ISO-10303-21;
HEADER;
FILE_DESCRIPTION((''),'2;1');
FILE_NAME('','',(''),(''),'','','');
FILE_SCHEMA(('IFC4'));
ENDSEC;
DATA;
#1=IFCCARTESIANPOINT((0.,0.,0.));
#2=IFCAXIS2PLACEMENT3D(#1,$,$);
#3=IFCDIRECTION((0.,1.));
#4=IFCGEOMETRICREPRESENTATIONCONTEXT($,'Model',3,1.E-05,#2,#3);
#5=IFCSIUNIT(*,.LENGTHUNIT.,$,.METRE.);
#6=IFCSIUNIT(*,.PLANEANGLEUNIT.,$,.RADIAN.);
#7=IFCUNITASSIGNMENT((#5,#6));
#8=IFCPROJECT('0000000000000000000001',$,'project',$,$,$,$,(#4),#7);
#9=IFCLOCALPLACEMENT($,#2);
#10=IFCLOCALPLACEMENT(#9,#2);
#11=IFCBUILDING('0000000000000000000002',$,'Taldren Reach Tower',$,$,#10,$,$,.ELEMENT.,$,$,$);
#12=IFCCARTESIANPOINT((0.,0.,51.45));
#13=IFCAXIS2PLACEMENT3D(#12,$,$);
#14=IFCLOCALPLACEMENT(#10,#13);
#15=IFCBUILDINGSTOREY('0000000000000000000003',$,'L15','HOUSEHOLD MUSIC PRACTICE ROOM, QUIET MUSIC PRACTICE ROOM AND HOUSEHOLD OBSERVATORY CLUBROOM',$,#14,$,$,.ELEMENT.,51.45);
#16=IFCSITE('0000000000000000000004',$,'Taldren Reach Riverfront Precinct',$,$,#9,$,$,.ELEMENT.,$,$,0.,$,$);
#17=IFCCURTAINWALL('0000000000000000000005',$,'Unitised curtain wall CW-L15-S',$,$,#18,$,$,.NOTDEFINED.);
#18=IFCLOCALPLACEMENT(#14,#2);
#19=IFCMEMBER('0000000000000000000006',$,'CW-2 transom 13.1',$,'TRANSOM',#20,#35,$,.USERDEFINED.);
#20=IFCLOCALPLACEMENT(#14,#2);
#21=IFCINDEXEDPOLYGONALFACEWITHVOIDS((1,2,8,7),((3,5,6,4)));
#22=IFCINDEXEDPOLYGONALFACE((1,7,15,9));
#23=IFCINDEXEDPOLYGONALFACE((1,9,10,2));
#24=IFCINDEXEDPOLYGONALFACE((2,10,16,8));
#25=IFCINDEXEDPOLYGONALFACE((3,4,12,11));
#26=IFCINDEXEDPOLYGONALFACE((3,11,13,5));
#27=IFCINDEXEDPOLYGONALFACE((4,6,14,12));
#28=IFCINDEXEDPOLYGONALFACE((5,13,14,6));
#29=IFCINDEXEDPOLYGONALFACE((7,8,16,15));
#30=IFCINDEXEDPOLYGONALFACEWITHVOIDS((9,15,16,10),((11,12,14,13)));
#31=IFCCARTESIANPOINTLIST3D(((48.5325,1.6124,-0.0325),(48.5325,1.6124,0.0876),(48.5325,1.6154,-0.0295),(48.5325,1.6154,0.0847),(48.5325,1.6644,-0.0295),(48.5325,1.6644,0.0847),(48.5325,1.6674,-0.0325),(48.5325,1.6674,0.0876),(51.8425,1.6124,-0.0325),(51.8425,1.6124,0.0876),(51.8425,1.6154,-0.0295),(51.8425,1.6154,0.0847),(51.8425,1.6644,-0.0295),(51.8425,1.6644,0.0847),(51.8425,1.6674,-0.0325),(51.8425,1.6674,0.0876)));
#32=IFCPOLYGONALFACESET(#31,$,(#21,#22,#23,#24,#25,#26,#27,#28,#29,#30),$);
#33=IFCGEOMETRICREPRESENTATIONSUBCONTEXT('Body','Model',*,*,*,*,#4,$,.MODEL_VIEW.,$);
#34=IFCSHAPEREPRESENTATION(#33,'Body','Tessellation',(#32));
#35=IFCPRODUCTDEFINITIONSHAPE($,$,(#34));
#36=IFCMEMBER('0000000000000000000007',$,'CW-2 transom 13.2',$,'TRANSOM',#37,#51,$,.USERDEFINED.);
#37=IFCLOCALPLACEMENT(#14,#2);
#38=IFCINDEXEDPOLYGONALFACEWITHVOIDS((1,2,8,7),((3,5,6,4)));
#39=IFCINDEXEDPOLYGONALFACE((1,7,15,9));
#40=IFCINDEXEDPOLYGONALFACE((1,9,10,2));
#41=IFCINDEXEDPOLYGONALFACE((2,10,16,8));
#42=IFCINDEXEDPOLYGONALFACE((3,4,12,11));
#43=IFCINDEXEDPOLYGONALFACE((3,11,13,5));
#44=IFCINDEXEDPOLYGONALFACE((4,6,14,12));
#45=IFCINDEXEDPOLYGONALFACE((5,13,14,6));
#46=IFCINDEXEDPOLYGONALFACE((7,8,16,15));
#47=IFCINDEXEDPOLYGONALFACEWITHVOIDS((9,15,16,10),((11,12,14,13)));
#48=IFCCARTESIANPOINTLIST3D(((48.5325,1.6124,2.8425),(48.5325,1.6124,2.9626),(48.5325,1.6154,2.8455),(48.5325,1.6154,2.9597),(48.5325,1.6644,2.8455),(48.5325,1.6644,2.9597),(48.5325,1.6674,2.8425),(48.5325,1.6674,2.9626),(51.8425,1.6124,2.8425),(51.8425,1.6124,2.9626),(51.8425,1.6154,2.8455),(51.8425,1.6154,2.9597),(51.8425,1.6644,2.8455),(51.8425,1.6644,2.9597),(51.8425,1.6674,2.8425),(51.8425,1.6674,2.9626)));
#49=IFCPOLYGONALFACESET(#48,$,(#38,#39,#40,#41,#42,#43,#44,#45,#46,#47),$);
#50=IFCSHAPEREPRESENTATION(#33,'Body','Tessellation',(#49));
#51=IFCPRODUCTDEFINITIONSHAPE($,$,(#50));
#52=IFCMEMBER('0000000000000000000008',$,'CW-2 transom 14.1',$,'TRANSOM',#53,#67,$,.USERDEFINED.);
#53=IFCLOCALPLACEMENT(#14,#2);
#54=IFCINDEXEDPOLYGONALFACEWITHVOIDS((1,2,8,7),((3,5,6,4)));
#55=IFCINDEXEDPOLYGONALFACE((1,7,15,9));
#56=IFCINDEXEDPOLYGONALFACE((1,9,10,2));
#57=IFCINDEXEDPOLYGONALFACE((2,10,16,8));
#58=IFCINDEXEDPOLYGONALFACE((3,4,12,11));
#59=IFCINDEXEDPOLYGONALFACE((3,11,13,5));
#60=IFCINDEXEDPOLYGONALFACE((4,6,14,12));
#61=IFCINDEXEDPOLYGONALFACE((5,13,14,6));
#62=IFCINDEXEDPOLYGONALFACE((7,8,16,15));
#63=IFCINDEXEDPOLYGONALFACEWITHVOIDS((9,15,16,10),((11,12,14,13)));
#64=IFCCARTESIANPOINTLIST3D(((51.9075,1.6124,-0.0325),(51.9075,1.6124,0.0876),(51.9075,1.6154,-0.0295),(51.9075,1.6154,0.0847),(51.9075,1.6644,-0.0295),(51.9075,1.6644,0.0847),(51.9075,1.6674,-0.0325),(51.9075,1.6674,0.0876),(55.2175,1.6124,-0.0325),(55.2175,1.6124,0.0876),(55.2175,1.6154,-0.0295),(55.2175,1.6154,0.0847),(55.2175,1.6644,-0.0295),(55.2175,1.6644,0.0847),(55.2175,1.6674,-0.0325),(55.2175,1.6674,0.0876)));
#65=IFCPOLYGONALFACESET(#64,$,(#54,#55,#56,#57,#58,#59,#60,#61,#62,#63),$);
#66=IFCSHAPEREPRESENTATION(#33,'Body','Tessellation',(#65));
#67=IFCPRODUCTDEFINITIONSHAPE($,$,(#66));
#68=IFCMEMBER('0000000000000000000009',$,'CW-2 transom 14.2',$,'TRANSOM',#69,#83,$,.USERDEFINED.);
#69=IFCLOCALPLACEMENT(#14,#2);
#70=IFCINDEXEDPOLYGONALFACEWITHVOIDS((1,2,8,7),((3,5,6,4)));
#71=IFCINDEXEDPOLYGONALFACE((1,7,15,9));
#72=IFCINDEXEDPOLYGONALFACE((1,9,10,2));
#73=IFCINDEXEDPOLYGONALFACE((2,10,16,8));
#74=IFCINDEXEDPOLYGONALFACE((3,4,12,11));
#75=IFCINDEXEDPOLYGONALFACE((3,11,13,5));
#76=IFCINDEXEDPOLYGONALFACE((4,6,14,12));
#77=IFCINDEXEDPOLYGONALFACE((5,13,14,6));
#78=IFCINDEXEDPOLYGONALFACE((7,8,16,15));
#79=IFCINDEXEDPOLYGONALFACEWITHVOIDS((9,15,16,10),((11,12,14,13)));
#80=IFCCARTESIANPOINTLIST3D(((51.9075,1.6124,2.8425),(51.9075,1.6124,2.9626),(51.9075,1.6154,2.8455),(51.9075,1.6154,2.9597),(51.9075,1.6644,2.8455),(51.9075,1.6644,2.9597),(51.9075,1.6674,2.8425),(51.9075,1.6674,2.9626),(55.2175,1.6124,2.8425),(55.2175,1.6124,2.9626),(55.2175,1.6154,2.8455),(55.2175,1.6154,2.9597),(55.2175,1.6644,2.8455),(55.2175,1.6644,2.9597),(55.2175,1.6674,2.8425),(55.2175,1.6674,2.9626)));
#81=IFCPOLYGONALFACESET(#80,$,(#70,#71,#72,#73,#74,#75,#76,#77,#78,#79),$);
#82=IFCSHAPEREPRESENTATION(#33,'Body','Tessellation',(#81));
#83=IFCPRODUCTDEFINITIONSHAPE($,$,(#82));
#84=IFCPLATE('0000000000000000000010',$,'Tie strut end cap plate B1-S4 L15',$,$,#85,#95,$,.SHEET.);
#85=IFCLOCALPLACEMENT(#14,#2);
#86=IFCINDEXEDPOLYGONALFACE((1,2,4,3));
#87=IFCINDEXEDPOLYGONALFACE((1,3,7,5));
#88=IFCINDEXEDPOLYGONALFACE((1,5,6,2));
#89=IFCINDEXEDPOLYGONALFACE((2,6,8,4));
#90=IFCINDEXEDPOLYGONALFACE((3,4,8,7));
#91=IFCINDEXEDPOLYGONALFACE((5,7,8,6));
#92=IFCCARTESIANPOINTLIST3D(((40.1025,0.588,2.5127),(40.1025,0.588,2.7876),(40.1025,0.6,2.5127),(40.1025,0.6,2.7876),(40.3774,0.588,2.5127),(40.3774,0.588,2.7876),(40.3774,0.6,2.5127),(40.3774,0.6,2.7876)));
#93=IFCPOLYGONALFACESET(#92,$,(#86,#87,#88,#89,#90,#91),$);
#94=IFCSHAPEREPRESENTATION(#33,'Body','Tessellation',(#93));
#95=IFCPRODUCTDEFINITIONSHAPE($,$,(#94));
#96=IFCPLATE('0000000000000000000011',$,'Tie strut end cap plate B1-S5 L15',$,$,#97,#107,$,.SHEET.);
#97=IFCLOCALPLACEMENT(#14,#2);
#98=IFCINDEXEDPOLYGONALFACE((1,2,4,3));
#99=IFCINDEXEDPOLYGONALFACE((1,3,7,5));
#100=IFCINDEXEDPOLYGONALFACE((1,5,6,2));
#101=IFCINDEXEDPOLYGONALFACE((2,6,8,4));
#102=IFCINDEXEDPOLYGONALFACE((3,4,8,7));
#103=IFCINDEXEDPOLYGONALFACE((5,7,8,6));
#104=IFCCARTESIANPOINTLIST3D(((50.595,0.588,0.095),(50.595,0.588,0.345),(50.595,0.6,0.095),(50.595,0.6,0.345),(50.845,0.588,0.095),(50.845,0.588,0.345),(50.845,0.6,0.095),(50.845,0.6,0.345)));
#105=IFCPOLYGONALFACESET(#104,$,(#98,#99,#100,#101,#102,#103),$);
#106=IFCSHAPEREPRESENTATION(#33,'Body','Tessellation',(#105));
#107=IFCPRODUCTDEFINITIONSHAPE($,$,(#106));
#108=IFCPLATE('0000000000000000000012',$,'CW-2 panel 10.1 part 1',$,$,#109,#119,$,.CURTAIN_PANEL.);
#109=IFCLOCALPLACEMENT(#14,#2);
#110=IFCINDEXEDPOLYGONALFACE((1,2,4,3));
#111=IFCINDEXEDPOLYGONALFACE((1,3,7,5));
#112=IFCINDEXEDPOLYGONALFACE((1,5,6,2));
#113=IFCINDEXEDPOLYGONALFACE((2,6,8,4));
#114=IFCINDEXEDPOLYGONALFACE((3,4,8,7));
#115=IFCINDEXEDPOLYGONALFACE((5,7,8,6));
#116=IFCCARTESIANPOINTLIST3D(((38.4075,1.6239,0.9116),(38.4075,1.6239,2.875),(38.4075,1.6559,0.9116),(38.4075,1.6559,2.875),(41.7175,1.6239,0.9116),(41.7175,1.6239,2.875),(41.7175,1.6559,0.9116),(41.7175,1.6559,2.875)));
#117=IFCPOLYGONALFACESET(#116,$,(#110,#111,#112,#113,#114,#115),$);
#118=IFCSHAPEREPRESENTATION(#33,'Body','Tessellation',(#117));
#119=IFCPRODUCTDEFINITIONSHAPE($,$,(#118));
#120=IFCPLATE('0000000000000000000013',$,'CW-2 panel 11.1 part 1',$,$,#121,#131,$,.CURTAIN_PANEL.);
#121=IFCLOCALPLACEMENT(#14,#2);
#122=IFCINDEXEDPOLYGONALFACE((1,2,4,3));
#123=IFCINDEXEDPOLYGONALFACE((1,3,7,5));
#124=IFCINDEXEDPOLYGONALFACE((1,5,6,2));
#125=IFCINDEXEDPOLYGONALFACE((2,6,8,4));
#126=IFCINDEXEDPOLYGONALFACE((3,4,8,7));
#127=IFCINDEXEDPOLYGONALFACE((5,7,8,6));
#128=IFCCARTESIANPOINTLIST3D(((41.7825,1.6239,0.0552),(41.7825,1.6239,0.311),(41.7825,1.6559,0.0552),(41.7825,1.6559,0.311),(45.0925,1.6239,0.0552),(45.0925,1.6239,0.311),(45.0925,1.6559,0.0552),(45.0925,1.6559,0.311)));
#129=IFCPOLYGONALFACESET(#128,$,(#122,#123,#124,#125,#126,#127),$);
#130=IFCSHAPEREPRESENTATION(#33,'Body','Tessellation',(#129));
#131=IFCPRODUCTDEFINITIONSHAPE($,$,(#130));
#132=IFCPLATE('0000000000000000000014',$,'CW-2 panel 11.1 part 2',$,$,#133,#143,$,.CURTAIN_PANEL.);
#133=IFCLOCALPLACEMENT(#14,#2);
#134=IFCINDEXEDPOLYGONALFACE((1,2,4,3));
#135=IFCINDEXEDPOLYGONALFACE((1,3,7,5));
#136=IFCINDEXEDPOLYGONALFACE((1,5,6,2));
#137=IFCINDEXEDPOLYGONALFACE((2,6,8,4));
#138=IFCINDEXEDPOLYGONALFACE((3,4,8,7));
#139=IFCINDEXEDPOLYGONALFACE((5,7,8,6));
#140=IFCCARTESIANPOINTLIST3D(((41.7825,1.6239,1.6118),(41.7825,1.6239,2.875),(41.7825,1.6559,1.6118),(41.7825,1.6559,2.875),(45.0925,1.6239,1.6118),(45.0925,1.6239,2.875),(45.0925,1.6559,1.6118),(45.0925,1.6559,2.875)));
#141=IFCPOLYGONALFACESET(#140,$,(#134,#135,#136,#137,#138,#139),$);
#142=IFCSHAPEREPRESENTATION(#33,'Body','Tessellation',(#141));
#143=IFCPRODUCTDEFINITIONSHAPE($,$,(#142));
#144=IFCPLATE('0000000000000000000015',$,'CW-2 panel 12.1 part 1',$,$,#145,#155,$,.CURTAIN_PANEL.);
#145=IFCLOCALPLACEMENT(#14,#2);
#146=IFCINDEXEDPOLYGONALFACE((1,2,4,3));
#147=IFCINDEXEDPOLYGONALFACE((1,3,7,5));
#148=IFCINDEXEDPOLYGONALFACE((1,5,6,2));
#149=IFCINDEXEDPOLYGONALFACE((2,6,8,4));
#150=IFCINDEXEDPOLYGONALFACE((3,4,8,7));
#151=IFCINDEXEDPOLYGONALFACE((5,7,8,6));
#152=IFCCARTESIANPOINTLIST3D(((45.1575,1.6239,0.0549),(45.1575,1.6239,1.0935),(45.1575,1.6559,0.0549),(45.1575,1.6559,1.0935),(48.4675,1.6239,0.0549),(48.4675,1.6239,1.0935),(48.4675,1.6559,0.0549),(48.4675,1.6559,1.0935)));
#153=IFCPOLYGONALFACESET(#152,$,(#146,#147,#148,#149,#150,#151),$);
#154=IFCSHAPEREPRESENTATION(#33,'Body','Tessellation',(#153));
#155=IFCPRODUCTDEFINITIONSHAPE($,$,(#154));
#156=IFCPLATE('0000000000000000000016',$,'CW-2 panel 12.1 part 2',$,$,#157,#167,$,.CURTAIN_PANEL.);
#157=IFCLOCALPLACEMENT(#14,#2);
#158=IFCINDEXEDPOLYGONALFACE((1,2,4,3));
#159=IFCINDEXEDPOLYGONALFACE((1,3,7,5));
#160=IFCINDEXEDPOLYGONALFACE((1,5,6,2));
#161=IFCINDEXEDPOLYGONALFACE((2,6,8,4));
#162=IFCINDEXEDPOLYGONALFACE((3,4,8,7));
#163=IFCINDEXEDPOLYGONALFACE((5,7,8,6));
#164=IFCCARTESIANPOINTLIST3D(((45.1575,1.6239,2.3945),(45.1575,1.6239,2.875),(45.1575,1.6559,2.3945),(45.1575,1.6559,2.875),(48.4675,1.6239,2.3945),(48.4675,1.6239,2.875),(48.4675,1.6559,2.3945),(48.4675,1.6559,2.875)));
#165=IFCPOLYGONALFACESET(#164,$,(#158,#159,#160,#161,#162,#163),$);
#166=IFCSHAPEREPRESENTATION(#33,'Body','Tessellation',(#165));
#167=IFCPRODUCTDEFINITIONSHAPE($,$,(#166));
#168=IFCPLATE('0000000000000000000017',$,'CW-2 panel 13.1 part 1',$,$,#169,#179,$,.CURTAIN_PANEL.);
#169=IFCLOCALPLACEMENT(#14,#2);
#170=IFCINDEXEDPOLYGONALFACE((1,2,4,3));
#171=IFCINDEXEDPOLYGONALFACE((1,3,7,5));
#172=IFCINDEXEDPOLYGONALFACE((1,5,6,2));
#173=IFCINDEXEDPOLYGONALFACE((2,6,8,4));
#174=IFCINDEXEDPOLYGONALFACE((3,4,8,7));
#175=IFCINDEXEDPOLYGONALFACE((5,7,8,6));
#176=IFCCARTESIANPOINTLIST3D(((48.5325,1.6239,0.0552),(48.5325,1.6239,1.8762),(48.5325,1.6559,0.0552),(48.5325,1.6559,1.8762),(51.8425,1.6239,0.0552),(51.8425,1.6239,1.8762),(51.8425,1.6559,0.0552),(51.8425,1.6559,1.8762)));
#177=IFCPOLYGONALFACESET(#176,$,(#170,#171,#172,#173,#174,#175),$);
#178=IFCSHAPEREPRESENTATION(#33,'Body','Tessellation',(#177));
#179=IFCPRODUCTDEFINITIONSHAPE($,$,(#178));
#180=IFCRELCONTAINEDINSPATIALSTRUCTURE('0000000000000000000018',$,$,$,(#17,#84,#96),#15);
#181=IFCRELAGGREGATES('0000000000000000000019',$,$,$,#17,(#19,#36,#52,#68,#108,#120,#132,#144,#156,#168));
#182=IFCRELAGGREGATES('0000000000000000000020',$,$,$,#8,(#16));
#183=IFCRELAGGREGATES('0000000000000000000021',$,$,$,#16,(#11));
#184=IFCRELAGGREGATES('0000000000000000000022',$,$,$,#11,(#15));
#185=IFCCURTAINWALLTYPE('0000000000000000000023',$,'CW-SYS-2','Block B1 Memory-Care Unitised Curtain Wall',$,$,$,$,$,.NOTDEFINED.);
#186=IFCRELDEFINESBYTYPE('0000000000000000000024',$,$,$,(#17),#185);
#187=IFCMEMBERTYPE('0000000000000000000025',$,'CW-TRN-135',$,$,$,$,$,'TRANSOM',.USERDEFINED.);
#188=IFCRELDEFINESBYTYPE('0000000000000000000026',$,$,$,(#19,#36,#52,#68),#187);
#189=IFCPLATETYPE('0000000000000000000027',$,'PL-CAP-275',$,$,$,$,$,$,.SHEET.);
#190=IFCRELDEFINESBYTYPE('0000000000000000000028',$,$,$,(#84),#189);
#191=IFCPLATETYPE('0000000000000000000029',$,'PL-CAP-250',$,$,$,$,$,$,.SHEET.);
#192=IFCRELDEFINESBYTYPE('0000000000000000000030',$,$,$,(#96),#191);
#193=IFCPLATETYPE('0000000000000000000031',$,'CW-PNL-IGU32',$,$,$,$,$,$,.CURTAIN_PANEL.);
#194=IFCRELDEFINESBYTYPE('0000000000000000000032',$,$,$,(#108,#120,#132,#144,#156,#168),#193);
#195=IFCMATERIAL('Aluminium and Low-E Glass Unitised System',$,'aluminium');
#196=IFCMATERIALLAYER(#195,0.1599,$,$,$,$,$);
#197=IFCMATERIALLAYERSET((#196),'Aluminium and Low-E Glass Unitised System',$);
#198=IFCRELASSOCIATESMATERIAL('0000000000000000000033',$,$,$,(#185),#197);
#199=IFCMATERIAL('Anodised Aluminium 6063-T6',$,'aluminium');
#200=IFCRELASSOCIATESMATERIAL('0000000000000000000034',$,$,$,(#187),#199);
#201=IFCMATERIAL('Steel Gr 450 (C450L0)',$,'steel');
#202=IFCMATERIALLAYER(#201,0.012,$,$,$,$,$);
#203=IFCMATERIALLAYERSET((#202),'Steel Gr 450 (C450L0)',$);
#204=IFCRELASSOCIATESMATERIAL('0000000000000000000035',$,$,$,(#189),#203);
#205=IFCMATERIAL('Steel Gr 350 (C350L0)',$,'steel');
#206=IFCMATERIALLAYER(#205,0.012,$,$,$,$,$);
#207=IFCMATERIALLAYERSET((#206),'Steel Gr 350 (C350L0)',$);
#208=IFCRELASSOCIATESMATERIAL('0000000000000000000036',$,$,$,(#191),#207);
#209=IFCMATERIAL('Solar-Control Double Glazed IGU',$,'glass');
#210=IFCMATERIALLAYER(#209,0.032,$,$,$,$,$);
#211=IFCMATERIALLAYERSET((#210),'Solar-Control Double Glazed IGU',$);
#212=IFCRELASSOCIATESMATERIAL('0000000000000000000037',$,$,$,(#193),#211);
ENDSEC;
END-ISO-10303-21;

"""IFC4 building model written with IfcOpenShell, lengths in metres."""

from ifc_helpers import new_model, si_unit, direction, frame, origin, origin_2d, place, context, subcontext, project, spatial, rectangle, hollow_rectangle, extrude, source, transform, mapped, material, layer, layer_set, material_profile, profile_set, type_object, element, aggregate, save


model = new_model("IFC4")

# Units and contexts
model_context = context("Model", 3, precision=1e-05, world=origin(), true_north=direction((0.0, 1.0)))
body_context = subcontext(model_context, "Body", "Model", "MODEL_VIEW")
ifc_project = project(units=[si_unit("LENGTHUNIT", "METRE"), si_unit("PLANEANGLEUNIT", "RADIAN")], contexts=[model_context])

# Site, building, storey
site_placement = place(None, origin())
site = spatial("IfcSite", under=ifc_project, at=site_placement, Name="Taldren Reach Riverfront Precinct", CompositionType="ELEMENT", RefElevation=0.0)
building_placement = place(site_placement, origin())
building = spatial("IfcBuilding", under=site, at=building_placement, Name="Taldren Reach Tower", CompositionType="ELEMENT")
storey_placement = place(building_placement, frame((0.0, 0.0, 51.45)))
storey = spatial("IfcBuildingStorey", under=building, at=storey_placement, Name="L15", Description="HOUSEHOLD MUSIC PRACTICE ROOM, QUIET MUSIC PRACTICE ROOM AND HOUSEHOLD OBSERVATORY CLUBROOM", CompositionType="ELEMENT", Elevation=51.45)

# Shared definitions
ifc_material_1 = material(Name="Steel Gr 450 (C450L0)", Category="steel")
ifc_material_2 = material(Name="Steel Gr 350 (C350L0)", Category="steel")

# Curtain wall, members
ifc_material_3 = material(Name="Aluminium and Low-E Glass Unitised System", Category="aluminium")
ifc_layer_1 = layer(ifc_material_3, 0.1599)
ifc_layer_set_1 = layer_set([ifc_layer_1], Name="Aluminium and Low-E Glass Unitised System")
curtain_wall_type = type_object("IfcCurtainWallType", Name="CW-SYS-2", Description="Block B1 Memory-Care Unitised Curtain Wall", PredefinedType="NOTDEFINED", material=ifc_layer_set_1)
curtain_wall_placement = place(storey_placement, origin())
curtain_wall = element("IfcCurtainWall", 1, at=curtain_wall_placement, inside=storey, type_object=curtain_wall_type, Name="Unitised curtain wall CW-L15-S", PredefinedType="NOTDEFINED")
ifc_material_4 = material(Name="Anodised Aluminium 6063-T6", Category="aluminium")
ifc_material_profile_1 = material_profile(ifc_material_4, hollow_rectangle(XDim=0.0549, YDim=0.1201, WallThickness=0.0029, at=origin_2d()), Name="ALU-120x55x3RHS")
ifc_profile_set_1 = profile_set([ifc_material_profile_1], Name="Anodised Aluminium 6063-T6")
member_type_1 = type_object("IfcMemberType", Name="CW-TRN-135", ElementType="TRANSOM", PredefinedType="USERDEFINED", material=ifc_profile_set_1)
shared_shape_1 = source(origin(), body_context, "Body", "SweptSolid", [
    extrude(hollow_rectangle(XDim=0.0549, YDim=0.1201, WallThickness=0.0029, at=origin_2d()), origin(), (0.0, 0.0, 1.0), 3.3101),
])
member_1_placement = place(storey_placement, frame((48.5325, 1.6399, 0.0276), z_axis=(1.0, 0.0, 0.0), x_axis=(0.0, 1.0, 0.0)))
member_1 = element("IfcMember", 2, at=member_1_placement, type_object=member_type_1, Name="CW-2 transom 13.1", ObjectType="TRANSOM", PredefinedType="USERDEFINED", context=body_context, shape_type="MappedRepresentation", body=[
    mapped(shared_shape_1, transform((0.0, 0.0, 0.0), scale=1.0)),
])
member_2_placement = place(storey_placement, frame((48.5325, 1.6399, 2.9026), z_axis=(1.0, 0.0, 0.0), x_axis=(0.0, 1.0, 0.0)))
member_2 = element("IfcMember", 3, at=member_2_placement, type_object=member_type_1, Name="CW-2 transom 13.2", ObjectType="TRANSOM", PredefinedType="USERDEFINED", context=body_context, shape_type="MappedRepresentation", body=[
    mapped(shared_shape_1, transform((0.0, 0.0, 0.0), scale=1.0)),
])
member_3_placement = place(storey_placement, frame((51.9075, 1.6399, 0.0276), z_axis=(1.0, 0.0, 0.0), x_axis=(0.0, 1.0, 0.0)))
member_3 = element("IfcMember", 4, at=member_3_placement, type_object=member_type_1, Name="CW-2 transom 14.1", ObjectType="TRANSOM", PredefinedType="USERDEFINED", context=body_context, shape_type="MappedRepresentation", body=[
    mapped(shared_shape_1, transform((0.0, 0.0, 0.0), scale=1.0)),
])
member_4_placement = place(storey_placement, frame((51.9075, 1.6399, 2.9026), z_axis=(1.0, 0.0, 0.0), x_axis=(0.0, 1.0, 0.0)))
member_4 = element("IfcMember", 5, at=member_4_placement, type_object=member_type_1, Name="CW-2 transom 14.2", ObjectType="TRANSOM", PredefinedType="USERDEFINED", context=body_context, shape_type="MappedRepresentation", body=[
    mapped(shared_shape_1, transform((0.0, 0.0, 0.0), scale=1.0)),
])

# Plates
ifc_layer_2 = layer(ifc_material_1, 0.012)
ifc_layer_set_2 = layer_set([ifc_layer_2], Name="Steel Gr 450 (C450L0)")
plate_type_1 = type_object("IfcPlateType", Name="PL-CAP-275", PredefinedType="SHEET", material=ifc_layer_set_2)
shared_shape_2 = source(origin(), body_context, "Body", "SweptSolid", [
    extrude(rectangle(XDim=0.2749, YDim=0.012, at=origin_2d()), origin(), (0.0, 0.0, 1.0), 0.2749),
])
plate_1_placement = place(storey_placement, frame((40.24, 0.594, 2.5127), z_axis=(0.0, 0.0, 1.0), x_axis=(1.0, 0.0, 0.0)))
element("IfcPlate", 6, at=plate_1_placement, inside=storey, type_object=plate_type_1, Name="Tie strut end cap plate B1-S4 L15", PredefinedType="SHEET", context=body_context, shape_type="MappedRepresentation", body=[
    mapped(shared_shape_2, transform((0.0, 0.0, 0.0), scale=1.0)),
])
ifc_layer_3 = layer(ifc_material_2, 0.012)
ifc_layer_set_3 = layer_set([ifc_layer_3], Name="Steel Gr 350 (C350L0)")
plate_type_2 = type_object("IfcPlateType", Name="PL-CAP-250", PredefinedType="SHEET", material=ifc_layer_set_3)
shared_shape_3 = source(origin(), body_context, "Body", "SweptSolid", [
    extrude(rectangle(XDim=0.25, YDim=0.012, at=origin_2d()), origin(), (0.0, 0.0, 1.0), 0.25),
])
plate_2_placement = place(storey_placement, frame((50.72, 0.594, 0.095), z_axis=(0.0, 0.0, 1.0), x_axis=(1.0, 0.0, 0.0)))
element("IfcPlate", 7, at=plate_2_placement, inside=storey, type_object=plate_type_2, Name="Tie strut end cap plate B1-S5 L15", PredefinedType="SHEET", context=body_context, shape_type="MappedRepresentation", body=[
    mapped(shared_shape_3, transform((0.0, 0.0, 0.0), scale=1.0)),
])

# Plates
ifc_material_5 = material(Name="Solar-Control Double Glazed IGU", Category="glass")
ifc_layer_4 = layer(ifc_material_5, 0.032)
ifc_layer_set_4 = layer_set([ifc_layer_4], Name="Solar-Control Double Glazed IGU")
plate_type_3 = type_object("IfcPlateType", Name="CW-PNL-IGU32", PredefinedType="CURTAIN_PANEL", material=ifc_layer_set_4)
shared_shape_4 = source(origin(), body_context, "Body", "SweptSolid", [
    extrude(rectangle(XDim=3.3101, YDim=0.032, at=origin_2d()), origin(), (0.0, 0.0, 1.0), 1.9634),
])
plate_3_placement = place(storey_placement, frame((40.0625, 1.6399, 0.9116), z_axis=(0.0, 0.0, 1.0), x_axis=(1.0, 0.0, 0.0)))
plate_3 = element("IfcPlate", 8, at=plate_3_placement, type_object=plate_type_3, Name="CW-2 panel 10.1 part 1", PredefinedType="CURTAIN_PANEL", context=body_context, shape_type="MappedRepresentation", body=[
    mapped(shared_shape_4, transform((0.0, 0.0, 0.0), scale=1.0)),
])
shared_shape_5 = source(origin(), body_context, "Body", "SweptSolid", [
    extrude(rectangle(XDim=3.3101, YDim=0.032, at=origin_2d()), origin(), (0.0, 0.0, 1.0), 0.2559),
])
plate_4_placement = place(storey_placement, frame((43.4375, 1.6399, 0.0552), z_axis=(0.0, 0.0, 1.0), x_axis=(1.0, 0.0, 0.0)))
plate_4 = element("IfcPlate", 9, at=plate_4_placement, type_object=plate_type_3, Name="CW-2 panel 11.1 part 1", PredefinedType="CURTAIN_PANEL", context=body_context, shape_type="MappedRepresentation", body=[
    mapped(shared_shape_5, transform((0.0, 0.0, 0.0), scale=1.0)),
])
shared_shape_6 = source(origin(), body_context, "Body", "SweptSolid", [
    extrude(rectangle(XDim=3.3101, YDim=0.032, at=origin_2d()), origin(), (0.0, 0.0, 1.0), 1.2632),
])
plate_5_placement = place(storey_placement, frame((43.4375, 1.6399, 1.6118), z_axis=(0.0, 0.0, 1.0), x_axis=(1.0, 0.0, 0.0)))
plate_5 = element("IfcPlate", 10, at=plate_5_placement, type_object=plate_type_3, Name="CW-2 panel 11.1 part 2", PredefinedType="CURTAIN_PANEL", context=body_context, shape_type="MappedRepresentation", body=[
    mapped(shared_shape_6, transform((0.0, 0.0, 0.0), scale=1.0)),
])
shared_shape_7 = source(origin(), body_context, "Body", "SweptSolid", [
    extrude(rectangle(XDim=3.3101, YDim=0.032, at=origin_2d()), origin(), (0.0, 0.0, 1.0), 1.0386),
])
plate_6_placement = place(storey_placement, frame((46.8125, 1.6399, 0.0549), z_axis=(0.0, 0.0, 1.0), x_axis=(1.0, 0.0, 0.0)))
plate_6 = element("IfcPlate", 11, at=plate_6_placement, type_object=plate_type_3, Name="CW-2 panel 12.1 part 1", PredefinedType="CURTAIN_PANEL", context=body_context, shape_type="MappedRepresentation", body=[
    mapped(shared_shape_7, transform((0.0, 0.0, 0.0), scale=1.0)),
])
shared_shape_8 = source(origin(), body_context, "Body", "SweptSolid", [
    extrude(rectangle(XDim=3.3101, YDim=0.032, at=origin_2d()), origin(), (0.0, 0.0, 1.0), 0.4805),
])
plate_7_placement = place(storey_placement, frame((46.8125, 1.6399, 2.3945), z_axis=(0.0, 0.0, 1.0), x_axis=(1.0, 0.0, 0.0)))
plate_7 = element("IfcPlate", 12, at=plate_7_placement, type_object=plate_type_3, Name="CW-2 panel 12.1 part 2", PredefinedType="CURTAIN_PANEL", context=body_context, shape_type="MappedRepresentation", body=[
    mapped(shared_shape_8, transform((0.0, 0.0, 0.0), scale=1.0)),
])
shared_shape_9 = source(origin(), body_context, "Body", "SweptSolid", [
    extrude(rectangle(XDim=3.3101, YDim=0.032, at=origin_2d()), origin(), (0.0, 0.0, 1.0), 1.821),
])
plate_8_placement = place(storey_placement, frame((50.1875, 1.6399, 0.0552), z_axis=(0.0, 0.0, 1.0), x_axis=(1.0, 0.0, 0.0)))
plate_8 = element("IfcPlate", 13, at=plate_8_placement, type_object=plate_type_3, Name="CW-2 panel 13.1 part 1", PredefinedType="CURTAIN_PANEL", context=body_context, shape_type="MappedRepresentation", body=[
    mapped(shared_shape_9, transform((0.0, 0.0, 0.0), scale=1.0)),
])
aggregate(curtain_wall, [member_1, member_2, member_3, member_4, plate_3, plate_4, plate_5, plate_6, plate_7, plate_8])

save(model, "model.ifc")
